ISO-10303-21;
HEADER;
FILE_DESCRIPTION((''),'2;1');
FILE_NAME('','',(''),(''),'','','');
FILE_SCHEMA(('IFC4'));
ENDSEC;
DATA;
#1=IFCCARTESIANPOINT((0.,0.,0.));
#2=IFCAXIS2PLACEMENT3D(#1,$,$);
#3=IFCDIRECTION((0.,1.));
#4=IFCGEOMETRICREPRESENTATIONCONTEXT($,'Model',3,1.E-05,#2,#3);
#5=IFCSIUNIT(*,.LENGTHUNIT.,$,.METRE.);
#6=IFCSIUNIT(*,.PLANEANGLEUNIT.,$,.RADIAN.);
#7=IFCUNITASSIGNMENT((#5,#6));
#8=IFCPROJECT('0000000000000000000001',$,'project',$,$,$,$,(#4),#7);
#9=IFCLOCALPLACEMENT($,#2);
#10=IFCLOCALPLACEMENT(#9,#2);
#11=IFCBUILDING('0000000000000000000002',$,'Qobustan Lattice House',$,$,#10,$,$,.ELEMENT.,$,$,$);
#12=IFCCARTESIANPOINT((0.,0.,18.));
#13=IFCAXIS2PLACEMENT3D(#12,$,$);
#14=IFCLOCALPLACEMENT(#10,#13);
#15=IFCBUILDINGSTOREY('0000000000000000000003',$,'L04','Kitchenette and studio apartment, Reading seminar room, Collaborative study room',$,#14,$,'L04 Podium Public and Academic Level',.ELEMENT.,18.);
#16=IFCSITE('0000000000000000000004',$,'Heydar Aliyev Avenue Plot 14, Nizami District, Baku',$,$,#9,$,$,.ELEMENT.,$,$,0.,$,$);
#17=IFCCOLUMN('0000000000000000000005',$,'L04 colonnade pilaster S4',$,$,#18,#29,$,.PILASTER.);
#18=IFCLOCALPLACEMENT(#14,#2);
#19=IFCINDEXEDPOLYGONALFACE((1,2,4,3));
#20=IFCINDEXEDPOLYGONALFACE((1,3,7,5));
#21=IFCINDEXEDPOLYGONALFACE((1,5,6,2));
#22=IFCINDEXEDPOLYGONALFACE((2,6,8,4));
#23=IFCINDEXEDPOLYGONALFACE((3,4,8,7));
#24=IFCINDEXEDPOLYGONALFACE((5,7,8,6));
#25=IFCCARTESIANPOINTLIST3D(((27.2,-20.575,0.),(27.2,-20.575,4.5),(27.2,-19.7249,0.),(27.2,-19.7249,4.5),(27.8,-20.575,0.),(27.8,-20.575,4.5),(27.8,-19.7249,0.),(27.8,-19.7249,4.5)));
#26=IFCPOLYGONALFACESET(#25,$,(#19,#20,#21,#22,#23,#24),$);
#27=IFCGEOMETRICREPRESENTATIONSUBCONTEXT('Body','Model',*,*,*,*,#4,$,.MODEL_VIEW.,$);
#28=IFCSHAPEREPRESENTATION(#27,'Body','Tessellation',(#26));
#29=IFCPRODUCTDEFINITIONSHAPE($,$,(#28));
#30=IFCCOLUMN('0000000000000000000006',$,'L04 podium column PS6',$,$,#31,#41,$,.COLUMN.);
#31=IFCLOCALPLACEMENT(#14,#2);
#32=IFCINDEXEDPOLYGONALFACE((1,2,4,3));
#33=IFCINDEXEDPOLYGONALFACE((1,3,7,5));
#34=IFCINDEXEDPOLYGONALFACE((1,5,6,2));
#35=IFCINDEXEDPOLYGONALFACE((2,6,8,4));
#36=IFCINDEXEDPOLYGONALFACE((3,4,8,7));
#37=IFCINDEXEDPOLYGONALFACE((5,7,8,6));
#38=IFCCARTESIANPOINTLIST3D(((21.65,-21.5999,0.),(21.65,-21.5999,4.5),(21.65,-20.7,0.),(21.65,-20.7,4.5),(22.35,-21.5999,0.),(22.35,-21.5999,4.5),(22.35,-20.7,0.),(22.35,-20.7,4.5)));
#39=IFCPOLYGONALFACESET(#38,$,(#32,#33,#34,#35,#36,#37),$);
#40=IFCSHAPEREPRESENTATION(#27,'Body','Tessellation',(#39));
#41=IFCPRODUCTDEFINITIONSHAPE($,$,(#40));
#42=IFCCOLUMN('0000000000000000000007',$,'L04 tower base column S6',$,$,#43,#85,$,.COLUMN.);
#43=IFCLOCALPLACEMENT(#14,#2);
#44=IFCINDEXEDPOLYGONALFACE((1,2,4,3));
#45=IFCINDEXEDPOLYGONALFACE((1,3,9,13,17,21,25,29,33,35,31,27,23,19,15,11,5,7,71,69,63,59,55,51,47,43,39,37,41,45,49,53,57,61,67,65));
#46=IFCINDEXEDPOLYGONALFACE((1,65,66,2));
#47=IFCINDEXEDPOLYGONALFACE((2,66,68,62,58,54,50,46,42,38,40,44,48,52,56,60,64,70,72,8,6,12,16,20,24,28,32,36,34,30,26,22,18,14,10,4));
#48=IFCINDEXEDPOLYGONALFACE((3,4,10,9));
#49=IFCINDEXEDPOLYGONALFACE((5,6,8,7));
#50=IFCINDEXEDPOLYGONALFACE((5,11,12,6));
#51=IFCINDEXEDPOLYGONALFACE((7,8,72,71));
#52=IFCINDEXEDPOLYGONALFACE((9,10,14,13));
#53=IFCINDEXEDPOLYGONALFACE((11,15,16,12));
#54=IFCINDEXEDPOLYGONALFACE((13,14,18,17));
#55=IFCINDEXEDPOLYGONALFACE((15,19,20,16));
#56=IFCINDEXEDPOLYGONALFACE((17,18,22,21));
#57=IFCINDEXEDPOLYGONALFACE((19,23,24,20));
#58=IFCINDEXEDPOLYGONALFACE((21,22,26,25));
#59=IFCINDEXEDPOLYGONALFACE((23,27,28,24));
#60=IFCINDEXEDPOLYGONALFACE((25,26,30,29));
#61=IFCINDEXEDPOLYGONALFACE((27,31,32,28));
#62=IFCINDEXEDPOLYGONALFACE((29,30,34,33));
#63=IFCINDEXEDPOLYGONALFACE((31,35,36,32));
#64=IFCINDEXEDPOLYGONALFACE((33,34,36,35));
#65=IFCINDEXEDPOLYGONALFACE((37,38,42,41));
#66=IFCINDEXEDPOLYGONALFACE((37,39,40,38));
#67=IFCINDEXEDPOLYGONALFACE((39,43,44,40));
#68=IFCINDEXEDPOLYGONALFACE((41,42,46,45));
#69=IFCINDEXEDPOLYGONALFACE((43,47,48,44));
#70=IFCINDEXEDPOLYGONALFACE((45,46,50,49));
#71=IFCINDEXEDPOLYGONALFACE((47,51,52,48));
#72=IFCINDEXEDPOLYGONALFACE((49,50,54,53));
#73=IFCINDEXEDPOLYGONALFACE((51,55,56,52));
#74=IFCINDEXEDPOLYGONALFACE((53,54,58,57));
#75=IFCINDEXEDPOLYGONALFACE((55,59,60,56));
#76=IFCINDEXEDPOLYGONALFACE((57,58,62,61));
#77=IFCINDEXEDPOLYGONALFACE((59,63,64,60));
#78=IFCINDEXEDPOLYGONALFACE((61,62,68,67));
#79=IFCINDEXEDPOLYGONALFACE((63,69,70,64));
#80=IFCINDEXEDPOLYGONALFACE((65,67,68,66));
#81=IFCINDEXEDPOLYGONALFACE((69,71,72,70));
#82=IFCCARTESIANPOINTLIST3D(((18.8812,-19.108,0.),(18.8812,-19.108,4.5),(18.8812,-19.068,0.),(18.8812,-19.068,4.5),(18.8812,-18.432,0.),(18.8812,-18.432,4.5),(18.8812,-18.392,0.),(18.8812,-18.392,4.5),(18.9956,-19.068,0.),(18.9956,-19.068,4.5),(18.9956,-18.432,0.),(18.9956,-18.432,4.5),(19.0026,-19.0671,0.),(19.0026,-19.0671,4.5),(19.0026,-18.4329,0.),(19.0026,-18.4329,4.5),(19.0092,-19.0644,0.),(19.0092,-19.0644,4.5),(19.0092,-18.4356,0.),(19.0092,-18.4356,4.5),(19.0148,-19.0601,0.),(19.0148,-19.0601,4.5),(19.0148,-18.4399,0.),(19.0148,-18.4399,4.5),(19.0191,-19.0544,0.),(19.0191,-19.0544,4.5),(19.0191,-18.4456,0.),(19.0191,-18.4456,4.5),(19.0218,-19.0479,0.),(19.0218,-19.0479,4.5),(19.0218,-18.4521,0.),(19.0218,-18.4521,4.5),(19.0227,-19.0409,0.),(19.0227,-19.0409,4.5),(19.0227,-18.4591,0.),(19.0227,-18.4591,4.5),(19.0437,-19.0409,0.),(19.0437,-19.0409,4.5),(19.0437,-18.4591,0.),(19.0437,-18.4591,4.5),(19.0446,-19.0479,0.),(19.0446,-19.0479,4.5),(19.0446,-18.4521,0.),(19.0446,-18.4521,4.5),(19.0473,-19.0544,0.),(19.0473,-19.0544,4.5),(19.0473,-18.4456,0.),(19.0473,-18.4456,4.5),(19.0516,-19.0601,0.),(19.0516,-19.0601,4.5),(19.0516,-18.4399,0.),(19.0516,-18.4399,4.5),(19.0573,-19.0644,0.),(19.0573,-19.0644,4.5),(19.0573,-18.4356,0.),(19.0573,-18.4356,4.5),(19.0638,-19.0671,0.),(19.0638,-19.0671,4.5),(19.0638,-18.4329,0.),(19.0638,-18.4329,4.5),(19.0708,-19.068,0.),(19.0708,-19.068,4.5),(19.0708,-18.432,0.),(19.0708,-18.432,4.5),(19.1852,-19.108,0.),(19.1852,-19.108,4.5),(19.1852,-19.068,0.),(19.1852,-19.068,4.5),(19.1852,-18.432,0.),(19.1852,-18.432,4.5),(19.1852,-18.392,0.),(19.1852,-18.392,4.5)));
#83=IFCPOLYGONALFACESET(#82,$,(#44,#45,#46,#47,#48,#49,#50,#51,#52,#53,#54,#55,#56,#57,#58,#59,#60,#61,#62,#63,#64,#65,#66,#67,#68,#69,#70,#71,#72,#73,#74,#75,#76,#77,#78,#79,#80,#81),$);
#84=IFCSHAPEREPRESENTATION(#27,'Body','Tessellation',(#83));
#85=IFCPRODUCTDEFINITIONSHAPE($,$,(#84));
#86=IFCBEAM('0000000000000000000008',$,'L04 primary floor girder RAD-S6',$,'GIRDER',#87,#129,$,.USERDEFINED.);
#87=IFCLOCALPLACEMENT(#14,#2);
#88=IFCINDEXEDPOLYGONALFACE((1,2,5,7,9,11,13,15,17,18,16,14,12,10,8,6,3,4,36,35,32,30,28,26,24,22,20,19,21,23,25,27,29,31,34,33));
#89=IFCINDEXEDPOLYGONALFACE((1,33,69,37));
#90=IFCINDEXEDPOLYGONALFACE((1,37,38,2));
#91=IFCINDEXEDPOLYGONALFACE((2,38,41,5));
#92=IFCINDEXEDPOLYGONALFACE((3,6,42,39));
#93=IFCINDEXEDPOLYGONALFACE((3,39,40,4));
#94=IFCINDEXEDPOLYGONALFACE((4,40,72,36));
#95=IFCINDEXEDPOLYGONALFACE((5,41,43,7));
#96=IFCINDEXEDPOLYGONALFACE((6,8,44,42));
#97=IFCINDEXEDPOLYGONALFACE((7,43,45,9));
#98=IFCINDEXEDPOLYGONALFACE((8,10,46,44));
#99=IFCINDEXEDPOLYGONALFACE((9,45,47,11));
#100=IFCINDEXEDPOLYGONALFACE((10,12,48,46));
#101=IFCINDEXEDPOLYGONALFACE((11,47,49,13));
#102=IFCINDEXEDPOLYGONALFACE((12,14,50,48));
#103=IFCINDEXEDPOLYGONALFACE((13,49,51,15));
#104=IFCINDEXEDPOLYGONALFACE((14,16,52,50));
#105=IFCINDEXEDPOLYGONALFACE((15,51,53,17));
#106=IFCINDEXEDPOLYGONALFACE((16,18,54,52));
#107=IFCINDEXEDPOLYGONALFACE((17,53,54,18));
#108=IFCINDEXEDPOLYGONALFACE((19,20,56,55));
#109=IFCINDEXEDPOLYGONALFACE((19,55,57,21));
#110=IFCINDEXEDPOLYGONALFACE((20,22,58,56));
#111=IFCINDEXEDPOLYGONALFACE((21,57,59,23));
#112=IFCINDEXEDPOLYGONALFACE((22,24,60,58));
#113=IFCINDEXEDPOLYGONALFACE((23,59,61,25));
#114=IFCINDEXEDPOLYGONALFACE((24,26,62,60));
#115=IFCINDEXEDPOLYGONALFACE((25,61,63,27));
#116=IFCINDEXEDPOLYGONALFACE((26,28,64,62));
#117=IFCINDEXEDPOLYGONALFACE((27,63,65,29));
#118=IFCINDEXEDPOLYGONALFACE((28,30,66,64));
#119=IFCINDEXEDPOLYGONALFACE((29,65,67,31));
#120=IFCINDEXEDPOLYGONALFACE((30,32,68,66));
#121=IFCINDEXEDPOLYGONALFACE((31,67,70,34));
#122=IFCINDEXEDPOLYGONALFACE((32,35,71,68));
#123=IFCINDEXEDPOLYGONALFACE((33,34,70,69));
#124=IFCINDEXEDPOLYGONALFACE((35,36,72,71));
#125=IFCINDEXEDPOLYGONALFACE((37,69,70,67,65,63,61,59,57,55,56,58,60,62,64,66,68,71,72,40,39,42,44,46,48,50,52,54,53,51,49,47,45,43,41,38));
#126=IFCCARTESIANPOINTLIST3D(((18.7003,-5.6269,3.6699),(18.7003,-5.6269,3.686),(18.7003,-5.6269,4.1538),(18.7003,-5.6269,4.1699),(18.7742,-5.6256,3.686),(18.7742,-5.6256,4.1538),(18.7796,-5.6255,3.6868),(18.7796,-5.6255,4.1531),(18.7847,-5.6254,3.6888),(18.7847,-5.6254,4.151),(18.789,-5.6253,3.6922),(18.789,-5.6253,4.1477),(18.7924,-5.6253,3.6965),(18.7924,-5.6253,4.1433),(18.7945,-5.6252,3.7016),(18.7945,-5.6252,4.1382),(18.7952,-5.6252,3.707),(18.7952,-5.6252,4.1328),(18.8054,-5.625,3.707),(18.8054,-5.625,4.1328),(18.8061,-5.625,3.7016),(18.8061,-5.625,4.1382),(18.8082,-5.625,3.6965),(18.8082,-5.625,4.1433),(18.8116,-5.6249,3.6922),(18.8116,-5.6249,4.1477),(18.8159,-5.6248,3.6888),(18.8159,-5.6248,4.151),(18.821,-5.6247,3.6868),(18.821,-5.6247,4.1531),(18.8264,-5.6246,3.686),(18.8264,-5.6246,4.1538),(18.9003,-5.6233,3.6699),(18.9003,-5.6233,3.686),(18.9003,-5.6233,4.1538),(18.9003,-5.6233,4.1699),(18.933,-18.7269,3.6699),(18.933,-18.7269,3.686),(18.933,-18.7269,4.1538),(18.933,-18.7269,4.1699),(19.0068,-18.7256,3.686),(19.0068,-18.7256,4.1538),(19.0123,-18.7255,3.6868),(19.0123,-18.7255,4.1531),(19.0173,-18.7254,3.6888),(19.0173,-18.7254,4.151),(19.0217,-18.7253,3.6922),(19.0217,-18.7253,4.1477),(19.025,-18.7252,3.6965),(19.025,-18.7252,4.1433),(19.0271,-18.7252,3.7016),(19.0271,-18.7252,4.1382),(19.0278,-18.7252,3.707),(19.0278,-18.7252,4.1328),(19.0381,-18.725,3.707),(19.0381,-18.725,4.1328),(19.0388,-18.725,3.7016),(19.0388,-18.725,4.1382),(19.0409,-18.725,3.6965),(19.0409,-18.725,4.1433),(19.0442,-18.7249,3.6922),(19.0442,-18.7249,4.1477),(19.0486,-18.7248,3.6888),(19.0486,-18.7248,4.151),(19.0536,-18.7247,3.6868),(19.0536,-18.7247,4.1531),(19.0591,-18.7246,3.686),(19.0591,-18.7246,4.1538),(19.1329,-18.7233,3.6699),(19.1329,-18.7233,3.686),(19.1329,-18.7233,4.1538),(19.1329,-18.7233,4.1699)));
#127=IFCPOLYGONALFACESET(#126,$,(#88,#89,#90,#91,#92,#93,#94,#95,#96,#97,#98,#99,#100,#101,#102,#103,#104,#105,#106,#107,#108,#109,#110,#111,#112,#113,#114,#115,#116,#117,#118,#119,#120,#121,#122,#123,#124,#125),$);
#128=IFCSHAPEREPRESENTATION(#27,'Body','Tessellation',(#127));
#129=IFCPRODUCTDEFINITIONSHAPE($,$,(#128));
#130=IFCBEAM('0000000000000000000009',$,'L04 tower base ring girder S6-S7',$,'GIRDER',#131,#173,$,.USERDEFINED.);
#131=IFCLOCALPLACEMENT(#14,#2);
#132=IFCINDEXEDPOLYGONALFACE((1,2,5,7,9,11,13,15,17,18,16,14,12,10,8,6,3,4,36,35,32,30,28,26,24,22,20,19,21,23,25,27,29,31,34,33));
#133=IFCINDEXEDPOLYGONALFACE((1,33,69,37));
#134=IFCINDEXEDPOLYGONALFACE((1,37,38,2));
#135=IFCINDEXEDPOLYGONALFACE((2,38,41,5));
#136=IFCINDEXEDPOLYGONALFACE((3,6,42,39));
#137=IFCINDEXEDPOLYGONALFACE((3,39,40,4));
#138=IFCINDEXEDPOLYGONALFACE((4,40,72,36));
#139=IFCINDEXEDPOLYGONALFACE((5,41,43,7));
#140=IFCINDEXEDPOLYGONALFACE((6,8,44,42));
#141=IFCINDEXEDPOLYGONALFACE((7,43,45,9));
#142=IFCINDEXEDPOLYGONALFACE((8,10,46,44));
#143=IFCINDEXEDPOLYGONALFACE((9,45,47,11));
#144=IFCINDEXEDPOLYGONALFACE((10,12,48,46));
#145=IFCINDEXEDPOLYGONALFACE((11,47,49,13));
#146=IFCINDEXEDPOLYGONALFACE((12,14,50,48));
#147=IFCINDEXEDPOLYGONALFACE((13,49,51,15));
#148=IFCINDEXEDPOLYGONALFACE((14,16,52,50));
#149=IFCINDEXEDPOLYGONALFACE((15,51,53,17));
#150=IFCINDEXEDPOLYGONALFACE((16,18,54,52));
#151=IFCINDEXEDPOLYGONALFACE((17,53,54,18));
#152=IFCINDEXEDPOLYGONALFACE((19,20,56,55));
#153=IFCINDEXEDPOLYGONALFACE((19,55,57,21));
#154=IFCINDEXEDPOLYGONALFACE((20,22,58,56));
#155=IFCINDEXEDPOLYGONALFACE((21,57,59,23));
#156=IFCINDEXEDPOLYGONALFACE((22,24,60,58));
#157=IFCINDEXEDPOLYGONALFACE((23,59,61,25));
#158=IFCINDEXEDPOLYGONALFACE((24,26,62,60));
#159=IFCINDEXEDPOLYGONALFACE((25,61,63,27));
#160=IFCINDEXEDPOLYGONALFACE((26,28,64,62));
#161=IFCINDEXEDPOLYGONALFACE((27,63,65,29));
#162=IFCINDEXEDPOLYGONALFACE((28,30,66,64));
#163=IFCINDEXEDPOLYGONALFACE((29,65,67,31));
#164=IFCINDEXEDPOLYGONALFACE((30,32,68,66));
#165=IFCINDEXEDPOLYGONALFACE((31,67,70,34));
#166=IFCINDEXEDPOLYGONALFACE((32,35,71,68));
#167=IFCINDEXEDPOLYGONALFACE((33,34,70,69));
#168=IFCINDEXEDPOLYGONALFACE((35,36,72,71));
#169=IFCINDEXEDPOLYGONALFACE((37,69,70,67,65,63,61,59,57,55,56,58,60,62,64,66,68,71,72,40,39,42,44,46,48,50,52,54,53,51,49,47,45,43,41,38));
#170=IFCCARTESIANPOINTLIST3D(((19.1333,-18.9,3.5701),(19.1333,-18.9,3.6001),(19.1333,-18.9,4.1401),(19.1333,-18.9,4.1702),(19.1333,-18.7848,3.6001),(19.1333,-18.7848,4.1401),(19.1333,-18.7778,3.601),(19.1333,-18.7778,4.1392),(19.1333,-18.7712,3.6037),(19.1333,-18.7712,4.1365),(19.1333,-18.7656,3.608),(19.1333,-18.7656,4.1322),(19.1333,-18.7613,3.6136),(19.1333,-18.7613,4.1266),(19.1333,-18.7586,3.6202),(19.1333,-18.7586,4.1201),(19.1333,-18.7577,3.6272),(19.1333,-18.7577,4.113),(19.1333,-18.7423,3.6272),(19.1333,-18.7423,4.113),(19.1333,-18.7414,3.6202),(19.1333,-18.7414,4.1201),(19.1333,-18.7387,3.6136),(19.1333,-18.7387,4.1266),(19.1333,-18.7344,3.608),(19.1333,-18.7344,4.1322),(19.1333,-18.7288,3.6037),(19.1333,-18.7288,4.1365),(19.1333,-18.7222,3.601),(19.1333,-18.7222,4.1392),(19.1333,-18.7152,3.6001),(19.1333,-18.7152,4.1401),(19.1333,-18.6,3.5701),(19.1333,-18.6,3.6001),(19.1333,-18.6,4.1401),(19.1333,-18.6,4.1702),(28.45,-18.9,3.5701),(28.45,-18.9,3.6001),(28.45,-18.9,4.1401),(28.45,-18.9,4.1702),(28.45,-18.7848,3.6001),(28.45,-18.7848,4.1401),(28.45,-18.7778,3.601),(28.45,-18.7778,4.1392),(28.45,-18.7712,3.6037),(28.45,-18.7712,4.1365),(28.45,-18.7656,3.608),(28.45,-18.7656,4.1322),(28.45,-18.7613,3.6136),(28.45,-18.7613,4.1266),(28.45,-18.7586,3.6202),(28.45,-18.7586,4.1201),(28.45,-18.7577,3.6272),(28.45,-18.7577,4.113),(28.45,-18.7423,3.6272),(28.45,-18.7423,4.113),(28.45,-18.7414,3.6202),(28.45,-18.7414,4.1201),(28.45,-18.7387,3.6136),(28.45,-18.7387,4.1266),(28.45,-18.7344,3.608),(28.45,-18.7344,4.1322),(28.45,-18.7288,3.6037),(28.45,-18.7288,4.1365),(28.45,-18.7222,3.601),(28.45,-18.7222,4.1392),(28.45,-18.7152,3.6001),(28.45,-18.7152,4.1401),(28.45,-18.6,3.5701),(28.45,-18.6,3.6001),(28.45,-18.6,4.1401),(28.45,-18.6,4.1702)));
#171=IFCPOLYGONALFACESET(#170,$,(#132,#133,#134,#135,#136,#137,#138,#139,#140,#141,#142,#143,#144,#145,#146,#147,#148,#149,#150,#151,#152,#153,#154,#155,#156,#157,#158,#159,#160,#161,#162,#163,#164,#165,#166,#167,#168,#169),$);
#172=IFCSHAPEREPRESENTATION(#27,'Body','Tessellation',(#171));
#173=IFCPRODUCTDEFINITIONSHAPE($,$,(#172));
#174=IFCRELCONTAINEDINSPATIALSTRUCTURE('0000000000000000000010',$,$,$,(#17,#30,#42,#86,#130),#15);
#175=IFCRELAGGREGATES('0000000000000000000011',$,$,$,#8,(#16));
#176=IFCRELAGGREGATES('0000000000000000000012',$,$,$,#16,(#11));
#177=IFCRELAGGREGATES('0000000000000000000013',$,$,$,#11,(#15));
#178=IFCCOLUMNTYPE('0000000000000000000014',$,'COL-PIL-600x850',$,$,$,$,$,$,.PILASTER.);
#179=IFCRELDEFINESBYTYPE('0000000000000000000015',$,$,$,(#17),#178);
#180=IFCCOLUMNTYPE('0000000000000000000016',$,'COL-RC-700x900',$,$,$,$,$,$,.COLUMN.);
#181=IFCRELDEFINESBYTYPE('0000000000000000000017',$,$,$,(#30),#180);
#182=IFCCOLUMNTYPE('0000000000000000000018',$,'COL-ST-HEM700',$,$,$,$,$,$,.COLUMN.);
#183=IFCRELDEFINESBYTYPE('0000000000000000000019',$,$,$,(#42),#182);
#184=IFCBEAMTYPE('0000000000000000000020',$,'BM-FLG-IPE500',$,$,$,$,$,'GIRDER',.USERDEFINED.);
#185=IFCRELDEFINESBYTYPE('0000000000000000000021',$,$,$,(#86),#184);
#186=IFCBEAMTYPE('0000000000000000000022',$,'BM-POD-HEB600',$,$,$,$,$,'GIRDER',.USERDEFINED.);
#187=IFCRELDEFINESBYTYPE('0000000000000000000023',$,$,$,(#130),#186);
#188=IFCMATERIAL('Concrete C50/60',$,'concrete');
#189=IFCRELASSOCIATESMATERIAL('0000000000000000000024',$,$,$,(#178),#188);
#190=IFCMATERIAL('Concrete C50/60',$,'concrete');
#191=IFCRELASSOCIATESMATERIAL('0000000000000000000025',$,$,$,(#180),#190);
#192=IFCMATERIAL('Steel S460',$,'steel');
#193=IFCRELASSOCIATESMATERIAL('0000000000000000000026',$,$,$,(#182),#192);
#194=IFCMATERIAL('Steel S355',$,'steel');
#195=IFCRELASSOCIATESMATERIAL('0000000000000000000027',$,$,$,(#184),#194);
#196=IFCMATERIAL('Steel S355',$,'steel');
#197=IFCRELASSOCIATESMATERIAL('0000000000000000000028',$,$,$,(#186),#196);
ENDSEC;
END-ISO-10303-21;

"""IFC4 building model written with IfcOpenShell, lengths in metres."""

from ifc_helpers import new_model, si_unit, direction, frame, origin, origin_2d, place, context, subcontext, project, spatial, rectangle, i_section, extrude, material, material_profile, profile_set, type_object, element, save


model = new_model("IFC4")

# Units and contexts
model_context = context("Model", 3, precision=1e-05, world=origin(), true_north=direction((0.0, 1.0)))
body_context = subcontext(model_context, "Body", "Model", "MODEL_VIEW")
ifc_project = project(units=[si_unit("LENGTHUNIT", "METRE"), si_unit("PLANEANGLEUNIT", "RADIAN")], contexts=[model_context])

# Site, building, storey
site_placement = place(None, origin())
site = spatial("IfcSite", under=ifc_project, at=site_placement, Name="Heydar Aliyev Avenue Plot 14, Nizami District, Baku", CompositionType="ELEMENT", RefElevation=0.0)
building_placement = place(site_placement, origin())
building = spatial("IfcBuilding", under=site, at=building_placement, Name="Qobustan Lattice House", CompositionType="ELEMENT")
storey_placement = place(building_placement, frame((0.0, 0.0, 18.0)))
storey = spatial("IfcBuildingStorey", under=building, at=storey_placement, Name="L04", Description="Kitchenette and studio apartment, Reading seminar room, Collaborative study room", LongName="L04 Podium Public and Academic Level", CompositionType="ELEMENT", Elevation=18.0)

# Columns
ifc_material_1 = material(Name="Concrete C50/60", Category="concrete")
ifc_material_profile_1 = material_profile(ifc_material_1, rectangle(XDim=0.6001, YDim=0.8501, at=origin_2d()), Name="RC600x850")
ifc_profile_set_1 = profile_set([ifc_material_profile_1], Name="Concrete C50/60")
column_type_1 = type_object("IfcColumnType", Name="COL-PIL-600x850", PredefinedType="PILASTER", material=ifc_profile_set_1)
column_1_placement = place(storey_placement, frame((27.5, -20.1499, 0.0), z_axis=(0.0, 0.0, 1.0), x_axis=(1.0, 0.0, 0.0)))
element("IfcColumn", 1, at=column_1_placement, inside=storey, type_object=column_type_1, Name="L04 colonnade pilaster S4", PredefinedType="PILASTER", context=body_context, shape_type="SweptSolid", body=[
    extrude(rectangle(XDim=0.6001, YDim=0.8501, at=origin_2d()), origin(), (0.0, 0.0, 1.0), 4.5),
])
ifc_material_2 = material(Name="Concrete C50/60", Category="concrete")
ifc_material_profile_2 = material_profile(ifc_material_2, rectangle(XDim=0.7, YDim=0.8999, at=origin_2d()), Name="RC700x900")
ifc_profile_set_2 = profile_set([ifc_material_profile_2], Name="Concrete C50/60")
column_type_2 = type_object("IfcColumnType", Name="COL-RC-700x900", PredefinedType="COLUMN", material=ifc_profile_set_2)
column_2_placement = place(storey_placement, frame((22.0, -21.1499, 0.0), z_axis=(0.0, 0.0, 1.0), x_axis=(1.0, 0.0, 0.0)))
element("IfcColumn", 2, at=column_2_placement, inside=storey, type_object=column_type_2, Name="L04 podium column PS6", PredefinedType="COLUMN", context=body_context, shape_type="SweptSolid", body=[
    extrude(rectangle(XDim=0.7, YDim=0.8999, at=origin_2d()), origin(), (0.0, 0.0, 1.0), 4.5),
])
ifc_material_3 = material(Name="Steel S460", Category="steel")
ifc_material_profile_3 = material_profile(ifc_material_3, i_section(OverallWidth=0.304, OverallDepth=0.7161, WebThickness=0.021, FlangeThickness=0.04, FilletRadius=0.0271, at=origin_2d()), Name="HEM700")
ifc_profile_set_3 = profile_set([ifc_material_profile_3], Name="Steel S460")
column_type_3 = type_object("IfcColumnType", Name="COL-ST-HEM700", PredefinedType="COLUMN", material=ifc_profile_set_3)
column_3_placement = place(storey_placement, frame((19.0332, -18.75, 0.0), z_axis=(0.0, 0.0, 1.0), x_axis=(1.0, 0.0, 0.0)))
element("IfcColumn", 3, at=column_3_placement, inside=storey, type_object=column_type_3, Name="L04 tower base column S6", PredefinedType="COLUMN", context=body_context, shape_type="SweptSolid", body=[
    extrude(i_section(OverallWidth=0.304, OverallDepth=0.7161, WebThickness=0.021, FlangeThickness=0.04, FilletRadius=0.0271, at=origin_2d()), origin(), (0.0, 0.0, 1.0), 4.5),
])

# Beams
ifc_material_4 = material(Name="Steel S355", Category="steel")
ifc_material_profile_4 = material_profile(ifc_material_4, i_section(OverallWidth=0.2, OverallDepth=0.5, WebThickness=0.0103, FlangeThickness=0.0161, FilletRadius=0.021, at=origin_2d()), Name="IPE500")
ifc_profile_set_4 = profile_set([ifc_material_profile_4], Name="Steel S355")
beam_type_1 = type_object("IfcBeamType", Name="BM-FLG-IPE500", ElementType="GIRDER", PredefinedType="USERDEFINED", material=ifc_profile_set_4)
beam_1_placement = place(storey_placement, frame((19.033, -18.7251, 3.9199), z_axis=(-0.017758, 0.999842, 0.0), x_axis=(-0.999842, -0.017758, 0.0)))
element("IfcBeam", 4, at=beam_1_placement, inside=storey, type_object=beam_type_1, Name="L04 primary floor girder RAD-S6", ObjectType="GIRDER", PredefinedType="USERDEFINED", context=body_context, shape_type="SweptSolid", body=[
    extrude(i_section(OverallWidth=0.2, OverallDepth=0.5, WebThickness=0.0103, FlangeThickness=0.0161, FilletRadius=0.021, at=origin_2d()), origin(), (0.0, 0.0, 1.0), 13.1021),
])
ifc_material_5 = material(Name="Steel S355", Category="steel")
ifc_material_profile_5 = material_profile(ifc_material_5, i_section(OverallWidth=0.3, OverallDepth=0.6001, WebThickness=0.0154, FlangeThickness=0.03, FilletRadius=0.0271, at=origin_2d()), Name="HEB600")
ifc_profile_set_5 = profile_set([ifc_material_profile_5], Name="Steel S355")
beam_type_2 = type_object("IfcBeamType", Name="BM-POD-HEB600", ElementType="GIRDER", PredefinedType="USERDEFINED", material=ifc_profile_set_5)
beam_2_placement = place(storey_placement, frame((19.1333, -18.75, 3.8701), z_axis=(1.0, 0.0, 0.0), x_axis=(0.0, 1.0, 0.0)))
element("IfcBeam", 5, at=beam_2_placement, inside=storey, type_object=beam_type_2, Name="L04 tower base ring girder S6-S7", ObjectType="GIRDER", PredefinedType="USERDEFINED", context=body_context, shape_type="SweptSolid", body=[
    extrude(i_section(OverallWidth=0.3, OverallDepth=0.6001, WebThickness=0.0154, FlangeThickness=0.03, FilletRadius=0.0271, at=origin_2d()), origin(), (0.0, 0.0, 1.0), 9.3167),
])

save(model, "model.ifc")
